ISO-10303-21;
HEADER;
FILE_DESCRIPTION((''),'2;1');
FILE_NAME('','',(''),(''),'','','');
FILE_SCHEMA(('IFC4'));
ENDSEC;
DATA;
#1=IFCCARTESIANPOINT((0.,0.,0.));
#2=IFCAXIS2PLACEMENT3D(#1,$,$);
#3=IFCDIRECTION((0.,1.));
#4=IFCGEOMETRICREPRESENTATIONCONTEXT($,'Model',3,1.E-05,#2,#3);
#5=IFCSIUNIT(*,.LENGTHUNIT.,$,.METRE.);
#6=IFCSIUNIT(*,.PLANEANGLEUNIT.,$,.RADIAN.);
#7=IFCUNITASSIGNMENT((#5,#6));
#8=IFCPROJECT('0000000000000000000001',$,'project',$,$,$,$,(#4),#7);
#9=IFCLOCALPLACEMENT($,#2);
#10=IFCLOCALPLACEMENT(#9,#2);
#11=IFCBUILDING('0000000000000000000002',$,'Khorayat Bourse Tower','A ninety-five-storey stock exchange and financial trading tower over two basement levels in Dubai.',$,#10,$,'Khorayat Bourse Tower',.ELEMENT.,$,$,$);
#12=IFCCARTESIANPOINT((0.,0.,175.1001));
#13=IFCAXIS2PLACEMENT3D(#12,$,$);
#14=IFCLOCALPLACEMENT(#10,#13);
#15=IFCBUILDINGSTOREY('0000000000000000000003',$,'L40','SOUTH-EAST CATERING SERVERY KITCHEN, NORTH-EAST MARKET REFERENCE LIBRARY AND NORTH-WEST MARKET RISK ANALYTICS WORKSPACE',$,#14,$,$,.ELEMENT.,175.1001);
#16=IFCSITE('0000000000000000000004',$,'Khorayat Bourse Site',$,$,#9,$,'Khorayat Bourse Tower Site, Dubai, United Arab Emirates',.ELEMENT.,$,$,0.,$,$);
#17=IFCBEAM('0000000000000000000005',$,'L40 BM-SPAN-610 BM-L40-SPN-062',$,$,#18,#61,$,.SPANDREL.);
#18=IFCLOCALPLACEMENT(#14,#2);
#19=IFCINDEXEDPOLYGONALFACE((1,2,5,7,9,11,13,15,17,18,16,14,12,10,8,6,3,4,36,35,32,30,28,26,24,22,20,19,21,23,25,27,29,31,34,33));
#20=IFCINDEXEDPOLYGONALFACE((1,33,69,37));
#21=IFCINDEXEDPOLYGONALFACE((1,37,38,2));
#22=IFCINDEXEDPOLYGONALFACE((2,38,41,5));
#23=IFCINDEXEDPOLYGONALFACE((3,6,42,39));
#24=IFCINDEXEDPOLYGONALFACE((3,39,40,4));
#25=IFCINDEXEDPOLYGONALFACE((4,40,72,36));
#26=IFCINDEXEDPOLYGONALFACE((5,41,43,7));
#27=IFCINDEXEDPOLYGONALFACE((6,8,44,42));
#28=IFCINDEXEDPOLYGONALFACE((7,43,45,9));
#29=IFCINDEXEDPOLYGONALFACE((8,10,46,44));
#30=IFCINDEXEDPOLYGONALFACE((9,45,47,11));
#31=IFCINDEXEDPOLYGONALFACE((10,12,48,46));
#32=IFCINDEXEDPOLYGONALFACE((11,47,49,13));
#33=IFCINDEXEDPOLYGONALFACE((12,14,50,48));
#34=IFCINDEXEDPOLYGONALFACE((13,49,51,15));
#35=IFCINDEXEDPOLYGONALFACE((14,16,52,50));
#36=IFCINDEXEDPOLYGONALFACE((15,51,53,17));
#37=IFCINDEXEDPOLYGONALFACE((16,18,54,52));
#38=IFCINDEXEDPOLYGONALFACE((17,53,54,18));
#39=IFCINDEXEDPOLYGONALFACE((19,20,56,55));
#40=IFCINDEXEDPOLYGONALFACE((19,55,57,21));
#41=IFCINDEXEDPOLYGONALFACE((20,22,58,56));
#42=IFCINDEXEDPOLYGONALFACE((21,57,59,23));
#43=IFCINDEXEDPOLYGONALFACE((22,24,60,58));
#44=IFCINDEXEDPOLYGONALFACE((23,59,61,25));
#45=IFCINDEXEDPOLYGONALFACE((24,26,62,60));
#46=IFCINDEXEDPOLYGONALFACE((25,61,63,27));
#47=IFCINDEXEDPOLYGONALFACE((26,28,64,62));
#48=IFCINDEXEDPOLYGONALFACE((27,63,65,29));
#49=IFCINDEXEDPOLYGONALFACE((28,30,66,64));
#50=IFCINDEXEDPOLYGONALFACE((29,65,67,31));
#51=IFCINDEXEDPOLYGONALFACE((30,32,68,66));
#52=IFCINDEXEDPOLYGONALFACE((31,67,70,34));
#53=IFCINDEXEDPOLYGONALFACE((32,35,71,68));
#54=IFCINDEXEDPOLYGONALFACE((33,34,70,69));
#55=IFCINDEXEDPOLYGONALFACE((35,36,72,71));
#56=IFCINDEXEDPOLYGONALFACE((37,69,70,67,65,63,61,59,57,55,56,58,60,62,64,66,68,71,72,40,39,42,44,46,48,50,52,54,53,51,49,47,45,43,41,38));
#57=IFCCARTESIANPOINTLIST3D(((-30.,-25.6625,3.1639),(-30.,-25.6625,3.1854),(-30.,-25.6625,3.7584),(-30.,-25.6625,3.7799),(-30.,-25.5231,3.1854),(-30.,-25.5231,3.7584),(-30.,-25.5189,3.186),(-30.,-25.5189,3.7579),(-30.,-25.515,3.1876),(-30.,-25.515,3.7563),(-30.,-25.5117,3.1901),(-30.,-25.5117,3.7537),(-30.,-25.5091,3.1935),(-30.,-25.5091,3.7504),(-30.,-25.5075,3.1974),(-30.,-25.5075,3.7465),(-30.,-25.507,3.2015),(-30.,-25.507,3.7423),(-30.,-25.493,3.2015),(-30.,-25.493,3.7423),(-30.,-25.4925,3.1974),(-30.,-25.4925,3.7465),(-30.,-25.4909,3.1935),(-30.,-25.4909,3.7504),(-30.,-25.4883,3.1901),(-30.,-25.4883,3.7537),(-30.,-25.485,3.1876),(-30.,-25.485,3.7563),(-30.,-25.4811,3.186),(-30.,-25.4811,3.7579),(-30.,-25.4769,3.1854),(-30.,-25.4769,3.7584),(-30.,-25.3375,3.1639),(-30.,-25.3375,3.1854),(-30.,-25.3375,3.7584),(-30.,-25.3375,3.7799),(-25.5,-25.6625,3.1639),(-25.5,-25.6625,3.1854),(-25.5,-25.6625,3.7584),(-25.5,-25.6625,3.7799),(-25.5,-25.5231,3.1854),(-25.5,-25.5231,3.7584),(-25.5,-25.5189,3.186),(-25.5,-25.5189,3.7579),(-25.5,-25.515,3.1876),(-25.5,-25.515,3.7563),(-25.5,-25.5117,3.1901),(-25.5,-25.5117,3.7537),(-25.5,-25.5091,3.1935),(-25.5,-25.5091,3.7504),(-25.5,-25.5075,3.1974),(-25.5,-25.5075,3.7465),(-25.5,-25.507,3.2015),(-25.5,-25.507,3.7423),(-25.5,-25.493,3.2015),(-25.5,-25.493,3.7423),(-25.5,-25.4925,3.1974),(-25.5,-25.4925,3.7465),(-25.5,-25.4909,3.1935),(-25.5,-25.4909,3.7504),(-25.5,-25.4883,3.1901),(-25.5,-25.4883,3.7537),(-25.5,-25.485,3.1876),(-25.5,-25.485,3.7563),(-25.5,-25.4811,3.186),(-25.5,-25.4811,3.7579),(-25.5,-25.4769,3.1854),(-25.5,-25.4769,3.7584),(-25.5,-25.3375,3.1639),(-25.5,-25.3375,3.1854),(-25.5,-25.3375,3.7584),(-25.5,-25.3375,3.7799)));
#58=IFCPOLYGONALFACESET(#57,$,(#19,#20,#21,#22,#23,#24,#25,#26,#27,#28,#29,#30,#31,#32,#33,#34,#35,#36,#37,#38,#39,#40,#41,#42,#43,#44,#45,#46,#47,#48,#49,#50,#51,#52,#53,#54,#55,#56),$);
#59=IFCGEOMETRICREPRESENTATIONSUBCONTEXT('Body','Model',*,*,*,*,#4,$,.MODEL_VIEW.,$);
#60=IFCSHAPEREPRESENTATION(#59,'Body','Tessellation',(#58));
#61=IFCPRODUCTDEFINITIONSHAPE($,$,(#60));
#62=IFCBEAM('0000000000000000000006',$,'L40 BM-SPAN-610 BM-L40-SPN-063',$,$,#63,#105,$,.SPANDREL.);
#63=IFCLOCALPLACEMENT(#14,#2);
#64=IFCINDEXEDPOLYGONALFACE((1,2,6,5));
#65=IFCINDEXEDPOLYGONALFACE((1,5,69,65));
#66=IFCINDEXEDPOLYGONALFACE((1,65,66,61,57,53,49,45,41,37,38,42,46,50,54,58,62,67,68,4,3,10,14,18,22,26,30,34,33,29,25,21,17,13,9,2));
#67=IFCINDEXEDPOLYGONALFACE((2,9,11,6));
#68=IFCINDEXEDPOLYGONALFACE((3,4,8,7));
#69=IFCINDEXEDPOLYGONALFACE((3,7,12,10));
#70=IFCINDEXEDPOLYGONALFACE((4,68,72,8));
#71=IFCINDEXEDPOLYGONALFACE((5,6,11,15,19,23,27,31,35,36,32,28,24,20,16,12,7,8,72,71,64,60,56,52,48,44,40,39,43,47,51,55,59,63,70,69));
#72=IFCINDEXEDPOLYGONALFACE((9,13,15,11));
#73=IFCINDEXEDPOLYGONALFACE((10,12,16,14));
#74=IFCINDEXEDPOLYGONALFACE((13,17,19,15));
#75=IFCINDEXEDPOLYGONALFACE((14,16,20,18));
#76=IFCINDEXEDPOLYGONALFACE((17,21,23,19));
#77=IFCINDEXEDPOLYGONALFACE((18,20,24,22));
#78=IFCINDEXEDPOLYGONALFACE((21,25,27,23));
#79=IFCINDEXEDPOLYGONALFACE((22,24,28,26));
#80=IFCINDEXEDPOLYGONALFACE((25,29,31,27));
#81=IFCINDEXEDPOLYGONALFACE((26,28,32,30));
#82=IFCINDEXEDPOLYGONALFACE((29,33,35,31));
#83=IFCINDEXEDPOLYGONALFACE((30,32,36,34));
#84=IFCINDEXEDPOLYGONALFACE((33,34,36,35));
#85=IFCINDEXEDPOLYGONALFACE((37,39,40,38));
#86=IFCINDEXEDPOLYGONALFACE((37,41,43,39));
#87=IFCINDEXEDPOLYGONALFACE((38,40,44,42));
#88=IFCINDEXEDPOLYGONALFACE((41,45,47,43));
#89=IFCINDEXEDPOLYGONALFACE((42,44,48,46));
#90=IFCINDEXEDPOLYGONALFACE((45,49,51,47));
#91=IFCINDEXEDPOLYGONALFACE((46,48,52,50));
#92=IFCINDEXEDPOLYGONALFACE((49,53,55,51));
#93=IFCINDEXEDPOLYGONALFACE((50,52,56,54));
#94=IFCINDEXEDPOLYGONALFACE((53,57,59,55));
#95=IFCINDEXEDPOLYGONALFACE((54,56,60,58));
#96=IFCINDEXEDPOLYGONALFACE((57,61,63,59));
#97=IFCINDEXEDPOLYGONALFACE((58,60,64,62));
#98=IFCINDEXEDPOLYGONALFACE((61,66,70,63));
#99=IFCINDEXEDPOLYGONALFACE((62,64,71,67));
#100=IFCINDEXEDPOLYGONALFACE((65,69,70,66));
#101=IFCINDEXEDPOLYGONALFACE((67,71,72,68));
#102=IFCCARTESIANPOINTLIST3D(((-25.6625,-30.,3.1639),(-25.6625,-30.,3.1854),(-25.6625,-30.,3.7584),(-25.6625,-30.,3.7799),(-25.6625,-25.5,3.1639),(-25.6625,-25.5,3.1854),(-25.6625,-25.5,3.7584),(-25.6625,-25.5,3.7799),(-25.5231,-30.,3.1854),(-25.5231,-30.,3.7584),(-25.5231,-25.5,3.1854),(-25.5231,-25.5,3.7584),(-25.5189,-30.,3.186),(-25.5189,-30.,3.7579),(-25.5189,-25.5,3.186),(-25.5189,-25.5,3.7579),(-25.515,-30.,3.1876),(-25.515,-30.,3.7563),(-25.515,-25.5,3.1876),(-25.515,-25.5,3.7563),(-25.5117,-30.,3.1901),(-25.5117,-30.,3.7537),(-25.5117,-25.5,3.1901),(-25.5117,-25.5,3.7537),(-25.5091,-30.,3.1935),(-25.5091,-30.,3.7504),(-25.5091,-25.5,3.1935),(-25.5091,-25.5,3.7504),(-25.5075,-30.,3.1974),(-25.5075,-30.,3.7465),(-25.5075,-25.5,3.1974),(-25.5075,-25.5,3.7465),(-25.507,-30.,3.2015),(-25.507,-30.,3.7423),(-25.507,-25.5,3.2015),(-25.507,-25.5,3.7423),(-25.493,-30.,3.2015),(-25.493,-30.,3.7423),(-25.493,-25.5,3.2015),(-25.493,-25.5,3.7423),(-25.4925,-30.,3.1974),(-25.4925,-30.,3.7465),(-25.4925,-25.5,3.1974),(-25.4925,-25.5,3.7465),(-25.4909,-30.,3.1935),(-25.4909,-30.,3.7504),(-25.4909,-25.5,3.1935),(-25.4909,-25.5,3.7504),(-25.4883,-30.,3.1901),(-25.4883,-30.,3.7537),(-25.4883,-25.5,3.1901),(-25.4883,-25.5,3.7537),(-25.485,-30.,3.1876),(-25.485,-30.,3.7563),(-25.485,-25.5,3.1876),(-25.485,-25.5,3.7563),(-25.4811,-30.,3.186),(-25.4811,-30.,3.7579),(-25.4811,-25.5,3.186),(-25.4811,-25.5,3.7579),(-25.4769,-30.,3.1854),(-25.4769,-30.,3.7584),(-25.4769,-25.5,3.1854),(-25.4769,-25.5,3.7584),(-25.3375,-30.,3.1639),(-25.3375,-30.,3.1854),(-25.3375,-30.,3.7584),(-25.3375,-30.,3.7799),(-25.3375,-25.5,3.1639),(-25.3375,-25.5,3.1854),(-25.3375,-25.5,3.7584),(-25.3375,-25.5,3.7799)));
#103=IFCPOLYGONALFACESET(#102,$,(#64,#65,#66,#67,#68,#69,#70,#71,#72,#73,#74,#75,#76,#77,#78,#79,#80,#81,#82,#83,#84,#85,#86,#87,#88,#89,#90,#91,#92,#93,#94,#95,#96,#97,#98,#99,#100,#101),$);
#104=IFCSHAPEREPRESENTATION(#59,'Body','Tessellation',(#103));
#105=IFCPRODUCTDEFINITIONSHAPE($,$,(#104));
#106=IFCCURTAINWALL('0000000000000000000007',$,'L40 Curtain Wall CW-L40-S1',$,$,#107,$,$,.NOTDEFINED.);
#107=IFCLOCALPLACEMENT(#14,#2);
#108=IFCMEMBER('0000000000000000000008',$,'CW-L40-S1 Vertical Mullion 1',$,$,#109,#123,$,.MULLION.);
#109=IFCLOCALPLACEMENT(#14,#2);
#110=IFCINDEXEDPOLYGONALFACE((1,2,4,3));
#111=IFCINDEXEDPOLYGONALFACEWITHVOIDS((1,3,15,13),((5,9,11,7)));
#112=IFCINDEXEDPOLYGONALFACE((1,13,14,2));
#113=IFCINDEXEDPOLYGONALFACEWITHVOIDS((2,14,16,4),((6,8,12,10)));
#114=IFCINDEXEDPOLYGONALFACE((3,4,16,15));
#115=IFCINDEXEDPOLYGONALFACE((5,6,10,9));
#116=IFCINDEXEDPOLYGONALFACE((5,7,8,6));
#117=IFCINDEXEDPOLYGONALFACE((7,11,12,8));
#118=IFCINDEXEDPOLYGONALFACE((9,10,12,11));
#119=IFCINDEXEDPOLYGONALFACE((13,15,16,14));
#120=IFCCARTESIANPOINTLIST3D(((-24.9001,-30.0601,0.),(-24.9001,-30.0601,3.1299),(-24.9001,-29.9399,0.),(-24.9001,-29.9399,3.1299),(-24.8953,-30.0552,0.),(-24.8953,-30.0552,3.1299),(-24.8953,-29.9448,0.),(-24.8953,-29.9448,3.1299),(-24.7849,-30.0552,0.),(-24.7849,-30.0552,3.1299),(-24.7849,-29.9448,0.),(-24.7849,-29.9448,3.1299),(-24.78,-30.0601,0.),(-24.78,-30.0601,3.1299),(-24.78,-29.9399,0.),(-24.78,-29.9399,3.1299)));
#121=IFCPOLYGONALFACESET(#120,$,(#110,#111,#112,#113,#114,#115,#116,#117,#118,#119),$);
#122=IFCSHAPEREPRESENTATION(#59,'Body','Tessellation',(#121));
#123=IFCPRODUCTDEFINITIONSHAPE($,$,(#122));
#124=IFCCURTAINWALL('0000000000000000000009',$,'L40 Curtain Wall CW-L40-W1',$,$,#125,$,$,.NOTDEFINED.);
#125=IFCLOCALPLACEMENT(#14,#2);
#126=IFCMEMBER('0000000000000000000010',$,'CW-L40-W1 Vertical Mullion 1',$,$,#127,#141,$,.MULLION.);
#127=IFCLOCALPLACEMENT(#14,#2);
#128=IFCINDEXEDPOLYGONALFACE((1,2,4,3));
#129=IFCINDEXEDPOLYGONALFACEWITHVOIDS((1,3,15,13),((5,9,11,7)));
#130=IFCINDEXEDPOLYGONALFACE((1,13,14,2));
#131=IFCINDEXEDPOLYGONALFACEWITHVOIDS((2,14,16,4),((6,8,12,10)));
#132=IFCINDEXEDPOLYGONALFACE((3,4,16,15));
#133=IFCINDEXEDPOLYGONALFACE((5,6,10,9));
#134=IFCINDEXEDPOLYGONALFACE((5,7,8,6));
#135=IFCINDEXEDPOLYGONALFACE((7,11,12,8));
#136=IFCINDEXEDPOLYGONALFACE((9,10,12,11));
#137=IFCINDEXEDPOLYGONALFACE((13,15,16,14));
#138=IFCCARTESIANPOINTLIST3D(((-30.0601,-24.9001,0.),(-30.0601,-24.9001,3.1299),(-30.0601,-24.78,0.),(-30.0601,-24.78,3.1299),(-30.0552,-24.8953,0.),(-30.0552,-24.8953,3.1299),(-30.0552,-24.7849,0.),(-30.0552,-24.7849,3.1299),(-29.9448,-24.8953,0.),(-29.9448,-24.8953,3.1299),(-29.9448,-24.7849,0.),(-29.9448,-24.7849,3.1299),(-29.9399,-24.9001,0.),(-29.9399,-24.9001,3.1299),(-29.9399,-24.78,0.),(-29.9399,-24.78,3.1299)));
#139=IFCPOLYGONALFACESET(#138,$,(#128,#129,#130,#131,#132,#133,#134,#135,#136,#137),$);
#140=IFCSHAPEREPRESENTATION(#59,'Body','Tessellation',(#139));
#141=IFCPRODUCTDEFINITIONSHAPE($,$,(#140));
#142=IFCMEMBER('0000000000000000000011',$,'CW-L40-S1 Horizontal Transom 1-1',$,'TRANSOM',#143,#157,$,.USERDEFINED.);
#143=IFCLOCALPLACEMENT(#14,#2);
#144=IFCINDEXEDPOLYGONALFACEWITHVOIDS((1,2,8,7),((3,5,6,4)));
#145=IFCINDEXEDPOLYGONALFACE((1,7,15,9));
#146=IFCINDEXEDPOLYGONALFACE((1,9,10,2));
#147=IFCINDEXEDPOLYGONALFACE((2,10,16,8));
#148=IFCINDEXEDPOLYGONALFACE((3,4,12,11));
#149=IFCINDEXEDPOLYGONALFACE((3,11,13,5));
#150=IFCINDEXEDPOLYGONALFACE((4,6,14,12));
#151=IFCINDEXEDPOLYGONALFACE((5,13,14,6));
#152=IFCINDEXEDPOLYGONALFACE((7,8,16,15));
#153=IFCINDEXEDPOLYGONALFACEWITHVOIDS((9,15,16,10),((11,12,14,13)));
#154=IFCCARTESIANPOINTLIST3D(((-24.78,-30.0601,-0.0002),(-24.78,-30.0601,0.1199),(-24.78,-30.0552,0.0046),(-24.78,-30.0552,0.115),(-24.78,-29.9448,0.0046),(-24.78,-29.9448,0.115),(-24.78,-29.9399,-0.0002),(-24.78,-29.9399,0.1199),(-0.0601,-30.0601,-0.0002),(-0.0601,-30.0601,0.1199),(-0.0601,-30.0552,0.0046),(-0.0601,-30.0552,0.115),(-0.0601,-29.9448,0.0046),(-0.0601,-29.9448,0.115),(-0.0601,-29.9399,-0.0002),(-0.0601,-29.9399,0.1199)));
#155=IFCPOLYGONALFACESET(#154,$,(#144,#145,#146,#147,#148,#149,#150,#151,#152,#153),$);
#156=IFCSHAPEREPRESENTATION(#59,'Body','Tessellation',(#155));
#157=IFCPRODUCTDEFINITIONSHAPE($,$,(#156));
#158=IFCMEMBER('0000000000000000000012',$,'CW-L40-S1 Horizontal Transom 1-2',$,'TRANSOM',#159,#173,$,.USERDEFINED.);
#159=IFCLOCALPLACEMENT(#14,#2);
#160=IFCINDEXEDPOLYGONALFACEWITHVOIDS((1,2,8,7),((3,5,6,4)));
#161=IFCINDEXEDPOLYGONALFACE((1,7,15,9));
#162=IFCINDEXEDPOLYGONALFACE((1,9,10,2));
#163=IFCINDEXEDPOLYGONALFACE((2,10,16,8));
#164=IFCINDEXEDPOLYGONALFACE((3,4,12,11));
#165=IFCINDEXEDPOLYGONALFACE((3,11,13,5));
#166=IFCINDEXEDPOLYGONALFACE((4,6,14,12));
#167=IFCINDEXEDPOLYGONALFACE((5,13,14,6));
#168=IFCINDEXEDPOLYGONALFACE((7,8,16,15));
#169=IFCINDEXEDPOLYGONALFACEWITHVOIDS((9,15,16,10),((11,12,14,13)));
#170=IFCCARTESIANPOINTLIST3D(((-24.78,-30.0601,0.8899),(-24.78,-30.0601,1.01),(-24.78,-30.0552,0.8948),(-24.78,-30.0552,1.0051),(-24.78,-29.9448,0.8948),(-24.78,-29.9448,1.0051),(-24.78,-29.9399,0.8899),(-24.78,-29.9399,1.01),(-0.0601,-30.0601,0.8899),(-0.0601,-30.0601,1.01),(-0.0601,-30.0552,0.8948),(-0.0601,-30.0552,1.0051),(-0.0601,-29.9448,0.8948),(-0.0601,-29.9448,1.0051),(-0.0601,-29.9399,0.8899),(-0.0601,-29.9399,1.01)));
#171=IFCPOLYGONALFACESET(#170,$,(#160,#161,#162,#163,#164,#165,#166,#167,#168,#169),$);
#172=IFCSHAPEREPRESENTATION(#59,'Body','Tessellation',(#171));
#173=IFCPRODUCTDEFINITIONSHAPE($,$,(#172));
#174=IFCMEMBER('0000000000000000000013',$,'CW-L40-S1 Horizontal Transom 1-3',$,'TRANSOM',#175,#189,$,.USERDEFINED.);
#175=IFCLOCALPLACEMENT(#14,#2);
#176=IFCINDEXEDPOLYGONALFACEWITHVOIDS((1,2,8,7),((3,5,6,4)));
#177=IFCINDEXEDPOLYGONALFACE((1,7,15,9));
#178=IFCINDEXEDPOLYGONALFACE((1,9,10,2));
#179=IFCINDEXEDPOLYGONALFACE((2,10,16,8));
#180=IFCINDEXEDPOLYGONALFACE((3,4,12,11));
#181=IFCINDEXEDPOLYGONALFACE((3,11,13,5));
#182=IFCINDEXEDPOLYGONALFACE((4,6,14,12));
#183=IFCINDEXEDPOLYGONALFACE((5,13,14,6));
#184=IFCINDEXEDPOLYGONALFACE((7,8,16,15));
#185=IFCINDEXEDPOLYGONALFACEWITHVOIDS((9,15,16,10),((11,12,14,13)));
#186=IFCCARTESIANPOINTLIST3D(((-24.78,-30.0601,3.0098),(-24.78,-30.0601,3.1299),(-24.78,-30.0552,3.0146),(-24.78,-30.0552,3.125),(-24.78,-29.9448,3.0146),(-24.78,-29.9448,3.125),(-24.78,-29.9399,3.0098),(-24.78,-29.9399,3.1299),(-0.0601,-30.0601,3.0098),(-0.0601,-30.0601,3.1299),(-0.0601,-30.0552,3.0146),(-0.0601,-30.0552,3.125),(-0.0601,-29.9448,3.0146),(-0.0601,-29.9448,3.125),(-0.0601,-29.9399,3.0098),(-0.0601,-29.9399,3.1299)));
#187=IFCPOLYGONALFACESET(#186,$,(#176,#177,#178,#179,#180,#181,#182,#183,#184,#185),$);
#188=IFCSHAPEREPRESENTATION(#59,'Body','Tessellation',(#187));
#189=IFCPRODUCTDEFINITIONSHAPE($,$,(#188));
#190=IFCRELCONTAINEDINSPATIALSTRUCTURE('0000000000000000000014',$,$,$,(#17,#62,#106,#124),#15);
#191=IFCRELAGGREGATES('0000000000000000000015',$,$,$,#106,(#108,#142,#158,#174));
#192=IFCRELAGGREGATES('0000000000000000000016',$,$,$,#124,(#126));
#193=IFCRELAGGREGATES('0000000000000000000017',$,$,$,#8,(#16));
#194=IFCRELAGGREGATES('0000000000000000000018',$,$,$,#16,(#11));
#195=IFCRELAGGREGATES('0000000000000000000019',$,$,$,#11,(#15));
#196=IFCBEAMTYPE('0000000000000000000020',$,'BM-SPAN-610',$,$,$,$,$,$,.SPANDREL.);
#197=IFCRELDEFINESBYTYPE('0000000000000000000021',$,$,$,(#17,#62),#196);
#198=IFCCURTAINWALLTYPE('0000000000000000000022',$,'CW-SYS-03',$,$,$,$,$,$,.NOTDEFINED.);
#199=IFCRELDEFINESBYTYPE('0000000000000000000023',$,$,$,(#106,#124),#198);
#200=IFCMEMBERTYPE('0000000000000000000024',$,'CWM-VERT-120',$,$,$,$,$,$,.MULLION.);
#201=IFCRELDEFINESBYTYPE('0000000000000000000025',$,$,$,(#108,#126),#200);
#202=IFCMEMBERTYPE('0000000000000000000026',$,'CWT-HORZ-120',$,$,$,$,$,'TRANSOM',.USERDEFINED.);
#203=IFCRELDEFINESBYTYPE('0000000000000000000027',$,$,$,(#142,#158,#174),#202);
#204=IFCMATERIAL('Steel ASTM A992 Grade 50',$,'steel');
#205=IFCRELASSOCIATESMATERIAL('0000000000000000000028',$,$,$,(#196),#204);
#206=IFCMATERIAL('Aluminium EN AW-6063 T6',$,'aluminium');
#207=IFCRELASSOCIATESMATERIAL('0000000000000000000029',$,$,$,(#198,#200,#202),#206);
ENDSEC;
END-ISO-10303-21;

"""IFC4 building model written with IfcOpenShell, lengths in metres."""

from ifc_helpers import new_model, si_unit, direction, frame, origin, origin_2d, place, context, subcontext, project, spatial, hollow_rectangle, i_section, extrude, source, transform, mapped, material, material_profile, profile_set, type_object, element, aggregate, save


model = new_model("IFC4")

# Units and contexts
model_context = context("Model", 3, precision=1e-05, world=origin(), true_north=direction((0.0, 1.0)))
body_context = subcontext(model_context, "Body", "Model", "MODEL_VIEW")
ifc_project = project(units=[si_unit("LENGTHUNIT", "METRE"), si_unit("PLANEANGLEUNIT", "RADIAN")], contexts=[model_context])

# Site, building, storey
site_placement = place(None, origin())
site = spatial("IfcSite", under=ifc_project, at=site_placement, Name="Khorayat Bourse Site", LongName="Khorayat Bourse Tower Site, Dubai, United Arab Emirates", CompositionType="ELEMENT", RefElevation=0.0)
building_placement = place(site_placement, origin())
building = spatial("IfcBuilding", under=site, at=building_placement, Name="Khorayat Bourse Tower", Description="A ninety-five-storey stock exchange and financial trading tower over two basement levels in Dubai.", LongName="Khorayat Bourse Tower", CompositionType="ELEMENT")
storey_placement = place(building_placement, frame((0.0, 0.0, 175.1001)))
storey = spatial("IfcBuildingStorey", under=building, at=storey_placement, Name="L40", Description="SOUTH-EAST CATERING SERVERY KITCHEN, NORTH-EAST MARKET REFERENCE LIBRARY AND NORTH-WEST MARKET RISK ANALYTICS WORKSPACE", CompositionType="ELEMENT", Elevation=175.1001)

# Beams
ifc_material_1 = material(Name="Steel ASTM A992 Grade 50", Category="steel")
ifc_material_profile_1 = material_profile(ifc_material_1, i_section(OverallWidth=0.325, OverallDepth=0.616, WebThickness=0.0139, FlangeThickness=0.0215, FilletRadius=0.0161, at=origin_2d()), Name="W610X174")
ifc_profile_set_1 = profile_set([ifc_material_profile_1], Name="Steel ASTM A992 Grade 50")
beam_type_1 = type_object("IfcBeamType", Name="BM-SPAN-610", PredefinedType="SPANDREL", material=ifc_profile_set_1)
shared_shape_1 = source(origin(), body_context, "Body", "SweptSolid", [
    extrude(i_section(OverallWidth=0.325, OverallDepth=0.616, WebThickness=0.0139, FlangeThickness=0.0215, FilletRadius=0.0161, at=origin_2d()), origin(), (0.0, 0.0, 1.0), 4.5),
])
for number, where, z_axis, x_axis, name in (
    (1, (-30.0, -25.5, 3.4719), (1.0, 0.0, 0.0), (0.0, 1.0, 0.0), "L40 BM-SPAN-610 BM-L40-SPN-062"),
    (2, (-25.5, -30.0, 3.4719), (0.0, 1.0, 0.0), (-1.0, 0.0, 0.0), "L40 BM-SPAN-610 BM-L40-SPN-063"),
):
    element("IfcBeam", number, at=place(storey_placement, frame(where, z_axis=z_axis, x_axis=x_axis)), inside=storey, type_object=beam_type_1, Name=name, PredefinedType="SPANDREL", context=body_context, shape_type="MappedRepresentation", body=[
        mapped(shared_shape_1, transform((0.0, 0.0, 0.0), scale=1.0)),
    ])

# Curtain walls, members
ifc_material_2 = material(Name="Aluminium EN AW-6063 T6", Category="aluminium")
curtain_wall_type = type_object("IfcCurtainWallType", Name="CW-SYS-03", PredefinedType="NOTDEFINED", material=ifc_material_2)
curtain_wall_1_placement = place(storey_placement, origin())
curtain_wall_1 = element("IfcCurtainWall", 3, at=curtain_wall_1_placement, inside=storey, type_object=curtain_wall_type, Name="L40 Curtain Wall CW-L40-S1", PredefinedType="NOTDEFINED")
ifc_material_profile_2 = material_profile(ifc_material_2, hollow_rectangle(XDim=0.1201, YDim=0.1201, WallThickness=0.0049, at=origin_2d()), Name="ALU 120x120x5")
ifc_profile_set_2 = profile_set([ifc_material_profile_2], Name="Aluminium EN AW-6063 T6")
member_type_1 = type_object("IfcMemberType", Name="CWM-VERT-120", PredefinedType="MULLION", material=ifc_profile_set_2)
shared_shape_2 = source(origin(), body_context, "Body", "SweptSolid", [
    extrude(hollow_rectangle(XDim=0.1201, YDim=0.1201, WallThickness=0.0049, at=origin_2d()), origin(), (0.0, 0.0, 1.0), 3.1299),
])
member_1_placement = place(storey_placement, frame((-24.8401, -30.0, 0.0), z_axis=(0.0, 0.0, 1.0), x_axis=(0.0, 1.0, 0.0)))
member_1 = element("IfcMember", 4, at=member_1_placement, type_object=member_type_1, Name="CW-L40-S1 Vertical Mullion 1", PredefinedType="MULLION", context=body_context, shape_type="MappedRepresentation", body=[
    mapped(shared_shape_2, transform((0.0, 0.0, 0.0), scale=1.0)),
])
curtain_wall_2_placement = place(storey_placement, origin())
curtain_wall_2 = element("IfcCurtainWall", 5, at=curtain_wall_2_placement, inside=storey, type_object=curtain_wall_type, Name="L40 Curtain Wall CW-L40-W1", PredefinedType="NOTDEFINED")
member_2_placement = place(storey_placement, frame((-30.0, -24.8401, 0.0), z_axis=(0.0, 0.0, 1.0), x_axis=(-1.0, 0.0, 0.0)))
member_2 = element("IfcMember", 6, at=member_2_placement, type_object=member_type_1, Name="CW-L40-W1 Vertical Mullion 1", PredefinedType="MULLION", context=body_context, shape_type="MappedRepresentation", body=[
    mapped(shared_shape_2, transform((0.0, 0.0, 0.0), scale=1.0)),
])

# Members
ifc_material_profile_3 = material_profile(ifc_material_2, hollow_rectangle(XDim=0.1201, YDim=0.1201, WallThickness=0.0049, at=origin_2d()), Name="ALU 120x120x5")
ifc_profile_set_3 = profile_set([ifc_material_profile_3], Name="Aluminium EN AW-6063 T6")
member_type_2 = type_object("IfcMemberType", Name="CWT-HORZ-120", ElementType="TRANSOM", PredefinedType="USERDEFINED", material=ifc_profile_set_3)
shared_shape_3 = source(origin(), body_context, "Body", "SweptSolid", [
    extrude(hollow_rectangle(XDim=0.1201, YDim=0.1201, WallThickness=0.0049, at=origin_2d()), origin(), (0.0, 0.0, 1.0), 24.72),
])
member_3_placement = place(storey_placement, frame((-24.78, -30.0, 0.0598), z_axis=(1.0, 0.0, 0.0), x_axis=(0.0, 1.0, 0.0)))
member_3 = element("IfcMember", 7, at=member_3_placement, type_object=member_type_2, Name="CW-L40-S1 Horizontal Transom 1-1", ObjectType="TRANSOM", PredefinedType="USERDEFINED", context=body_context, shape_type="MappedRepresentation", body=[
    mapped(shared_shape_3, transform((0.0, 0.0, 0.0), scale=1.0)),
])
member_4_placement = place(storey_placement, frame((-24.78, -30.0, 0.95), z_axis=(1.0, 0.0, 0.0), x_axis=(0.0, 1.0, 0.0)))
member_4 = element("IfcMember", 8, at=member_4_placement, type_object=member_type_2, Name="CW-L40-S1 Horizontal Transom 1-2", ObjectType="TRANSOM", PredefinedType="USERDEFINED", context=body_context, shape_type="MappedRepresentation", body=[
    mapped(shared_shape_3, transform((0.0, 0.0, 0.0), scale=1.0)),
])
member_5_placement = place(storey_placement, frame((-24.78, -30.0, 3.0698), z_axis=(1.0, 0.0, 0.0), x_axis=(0.0, 1.0, 0.0)))
member_5 = element("IfcMember", 9, at=member_5_placement, type_object=member_type_2, Name="CW-L40-S1 Horizontal Transom 1-3", ObjectType="TRANSOM", PredefinedType="USERDEFINED", context=body_context, shape_type="MappedRepresentation", body=[
    mapped(shared_shape_3, transform((0.0, 0.0, 0.0), scale=1.0)),
])
aggregate(curtain_wall_1, [member_1, member_3, member_4, member_5])
aggregate(curtain_wall_2, [member_2])

save(model, "model.ifc")
